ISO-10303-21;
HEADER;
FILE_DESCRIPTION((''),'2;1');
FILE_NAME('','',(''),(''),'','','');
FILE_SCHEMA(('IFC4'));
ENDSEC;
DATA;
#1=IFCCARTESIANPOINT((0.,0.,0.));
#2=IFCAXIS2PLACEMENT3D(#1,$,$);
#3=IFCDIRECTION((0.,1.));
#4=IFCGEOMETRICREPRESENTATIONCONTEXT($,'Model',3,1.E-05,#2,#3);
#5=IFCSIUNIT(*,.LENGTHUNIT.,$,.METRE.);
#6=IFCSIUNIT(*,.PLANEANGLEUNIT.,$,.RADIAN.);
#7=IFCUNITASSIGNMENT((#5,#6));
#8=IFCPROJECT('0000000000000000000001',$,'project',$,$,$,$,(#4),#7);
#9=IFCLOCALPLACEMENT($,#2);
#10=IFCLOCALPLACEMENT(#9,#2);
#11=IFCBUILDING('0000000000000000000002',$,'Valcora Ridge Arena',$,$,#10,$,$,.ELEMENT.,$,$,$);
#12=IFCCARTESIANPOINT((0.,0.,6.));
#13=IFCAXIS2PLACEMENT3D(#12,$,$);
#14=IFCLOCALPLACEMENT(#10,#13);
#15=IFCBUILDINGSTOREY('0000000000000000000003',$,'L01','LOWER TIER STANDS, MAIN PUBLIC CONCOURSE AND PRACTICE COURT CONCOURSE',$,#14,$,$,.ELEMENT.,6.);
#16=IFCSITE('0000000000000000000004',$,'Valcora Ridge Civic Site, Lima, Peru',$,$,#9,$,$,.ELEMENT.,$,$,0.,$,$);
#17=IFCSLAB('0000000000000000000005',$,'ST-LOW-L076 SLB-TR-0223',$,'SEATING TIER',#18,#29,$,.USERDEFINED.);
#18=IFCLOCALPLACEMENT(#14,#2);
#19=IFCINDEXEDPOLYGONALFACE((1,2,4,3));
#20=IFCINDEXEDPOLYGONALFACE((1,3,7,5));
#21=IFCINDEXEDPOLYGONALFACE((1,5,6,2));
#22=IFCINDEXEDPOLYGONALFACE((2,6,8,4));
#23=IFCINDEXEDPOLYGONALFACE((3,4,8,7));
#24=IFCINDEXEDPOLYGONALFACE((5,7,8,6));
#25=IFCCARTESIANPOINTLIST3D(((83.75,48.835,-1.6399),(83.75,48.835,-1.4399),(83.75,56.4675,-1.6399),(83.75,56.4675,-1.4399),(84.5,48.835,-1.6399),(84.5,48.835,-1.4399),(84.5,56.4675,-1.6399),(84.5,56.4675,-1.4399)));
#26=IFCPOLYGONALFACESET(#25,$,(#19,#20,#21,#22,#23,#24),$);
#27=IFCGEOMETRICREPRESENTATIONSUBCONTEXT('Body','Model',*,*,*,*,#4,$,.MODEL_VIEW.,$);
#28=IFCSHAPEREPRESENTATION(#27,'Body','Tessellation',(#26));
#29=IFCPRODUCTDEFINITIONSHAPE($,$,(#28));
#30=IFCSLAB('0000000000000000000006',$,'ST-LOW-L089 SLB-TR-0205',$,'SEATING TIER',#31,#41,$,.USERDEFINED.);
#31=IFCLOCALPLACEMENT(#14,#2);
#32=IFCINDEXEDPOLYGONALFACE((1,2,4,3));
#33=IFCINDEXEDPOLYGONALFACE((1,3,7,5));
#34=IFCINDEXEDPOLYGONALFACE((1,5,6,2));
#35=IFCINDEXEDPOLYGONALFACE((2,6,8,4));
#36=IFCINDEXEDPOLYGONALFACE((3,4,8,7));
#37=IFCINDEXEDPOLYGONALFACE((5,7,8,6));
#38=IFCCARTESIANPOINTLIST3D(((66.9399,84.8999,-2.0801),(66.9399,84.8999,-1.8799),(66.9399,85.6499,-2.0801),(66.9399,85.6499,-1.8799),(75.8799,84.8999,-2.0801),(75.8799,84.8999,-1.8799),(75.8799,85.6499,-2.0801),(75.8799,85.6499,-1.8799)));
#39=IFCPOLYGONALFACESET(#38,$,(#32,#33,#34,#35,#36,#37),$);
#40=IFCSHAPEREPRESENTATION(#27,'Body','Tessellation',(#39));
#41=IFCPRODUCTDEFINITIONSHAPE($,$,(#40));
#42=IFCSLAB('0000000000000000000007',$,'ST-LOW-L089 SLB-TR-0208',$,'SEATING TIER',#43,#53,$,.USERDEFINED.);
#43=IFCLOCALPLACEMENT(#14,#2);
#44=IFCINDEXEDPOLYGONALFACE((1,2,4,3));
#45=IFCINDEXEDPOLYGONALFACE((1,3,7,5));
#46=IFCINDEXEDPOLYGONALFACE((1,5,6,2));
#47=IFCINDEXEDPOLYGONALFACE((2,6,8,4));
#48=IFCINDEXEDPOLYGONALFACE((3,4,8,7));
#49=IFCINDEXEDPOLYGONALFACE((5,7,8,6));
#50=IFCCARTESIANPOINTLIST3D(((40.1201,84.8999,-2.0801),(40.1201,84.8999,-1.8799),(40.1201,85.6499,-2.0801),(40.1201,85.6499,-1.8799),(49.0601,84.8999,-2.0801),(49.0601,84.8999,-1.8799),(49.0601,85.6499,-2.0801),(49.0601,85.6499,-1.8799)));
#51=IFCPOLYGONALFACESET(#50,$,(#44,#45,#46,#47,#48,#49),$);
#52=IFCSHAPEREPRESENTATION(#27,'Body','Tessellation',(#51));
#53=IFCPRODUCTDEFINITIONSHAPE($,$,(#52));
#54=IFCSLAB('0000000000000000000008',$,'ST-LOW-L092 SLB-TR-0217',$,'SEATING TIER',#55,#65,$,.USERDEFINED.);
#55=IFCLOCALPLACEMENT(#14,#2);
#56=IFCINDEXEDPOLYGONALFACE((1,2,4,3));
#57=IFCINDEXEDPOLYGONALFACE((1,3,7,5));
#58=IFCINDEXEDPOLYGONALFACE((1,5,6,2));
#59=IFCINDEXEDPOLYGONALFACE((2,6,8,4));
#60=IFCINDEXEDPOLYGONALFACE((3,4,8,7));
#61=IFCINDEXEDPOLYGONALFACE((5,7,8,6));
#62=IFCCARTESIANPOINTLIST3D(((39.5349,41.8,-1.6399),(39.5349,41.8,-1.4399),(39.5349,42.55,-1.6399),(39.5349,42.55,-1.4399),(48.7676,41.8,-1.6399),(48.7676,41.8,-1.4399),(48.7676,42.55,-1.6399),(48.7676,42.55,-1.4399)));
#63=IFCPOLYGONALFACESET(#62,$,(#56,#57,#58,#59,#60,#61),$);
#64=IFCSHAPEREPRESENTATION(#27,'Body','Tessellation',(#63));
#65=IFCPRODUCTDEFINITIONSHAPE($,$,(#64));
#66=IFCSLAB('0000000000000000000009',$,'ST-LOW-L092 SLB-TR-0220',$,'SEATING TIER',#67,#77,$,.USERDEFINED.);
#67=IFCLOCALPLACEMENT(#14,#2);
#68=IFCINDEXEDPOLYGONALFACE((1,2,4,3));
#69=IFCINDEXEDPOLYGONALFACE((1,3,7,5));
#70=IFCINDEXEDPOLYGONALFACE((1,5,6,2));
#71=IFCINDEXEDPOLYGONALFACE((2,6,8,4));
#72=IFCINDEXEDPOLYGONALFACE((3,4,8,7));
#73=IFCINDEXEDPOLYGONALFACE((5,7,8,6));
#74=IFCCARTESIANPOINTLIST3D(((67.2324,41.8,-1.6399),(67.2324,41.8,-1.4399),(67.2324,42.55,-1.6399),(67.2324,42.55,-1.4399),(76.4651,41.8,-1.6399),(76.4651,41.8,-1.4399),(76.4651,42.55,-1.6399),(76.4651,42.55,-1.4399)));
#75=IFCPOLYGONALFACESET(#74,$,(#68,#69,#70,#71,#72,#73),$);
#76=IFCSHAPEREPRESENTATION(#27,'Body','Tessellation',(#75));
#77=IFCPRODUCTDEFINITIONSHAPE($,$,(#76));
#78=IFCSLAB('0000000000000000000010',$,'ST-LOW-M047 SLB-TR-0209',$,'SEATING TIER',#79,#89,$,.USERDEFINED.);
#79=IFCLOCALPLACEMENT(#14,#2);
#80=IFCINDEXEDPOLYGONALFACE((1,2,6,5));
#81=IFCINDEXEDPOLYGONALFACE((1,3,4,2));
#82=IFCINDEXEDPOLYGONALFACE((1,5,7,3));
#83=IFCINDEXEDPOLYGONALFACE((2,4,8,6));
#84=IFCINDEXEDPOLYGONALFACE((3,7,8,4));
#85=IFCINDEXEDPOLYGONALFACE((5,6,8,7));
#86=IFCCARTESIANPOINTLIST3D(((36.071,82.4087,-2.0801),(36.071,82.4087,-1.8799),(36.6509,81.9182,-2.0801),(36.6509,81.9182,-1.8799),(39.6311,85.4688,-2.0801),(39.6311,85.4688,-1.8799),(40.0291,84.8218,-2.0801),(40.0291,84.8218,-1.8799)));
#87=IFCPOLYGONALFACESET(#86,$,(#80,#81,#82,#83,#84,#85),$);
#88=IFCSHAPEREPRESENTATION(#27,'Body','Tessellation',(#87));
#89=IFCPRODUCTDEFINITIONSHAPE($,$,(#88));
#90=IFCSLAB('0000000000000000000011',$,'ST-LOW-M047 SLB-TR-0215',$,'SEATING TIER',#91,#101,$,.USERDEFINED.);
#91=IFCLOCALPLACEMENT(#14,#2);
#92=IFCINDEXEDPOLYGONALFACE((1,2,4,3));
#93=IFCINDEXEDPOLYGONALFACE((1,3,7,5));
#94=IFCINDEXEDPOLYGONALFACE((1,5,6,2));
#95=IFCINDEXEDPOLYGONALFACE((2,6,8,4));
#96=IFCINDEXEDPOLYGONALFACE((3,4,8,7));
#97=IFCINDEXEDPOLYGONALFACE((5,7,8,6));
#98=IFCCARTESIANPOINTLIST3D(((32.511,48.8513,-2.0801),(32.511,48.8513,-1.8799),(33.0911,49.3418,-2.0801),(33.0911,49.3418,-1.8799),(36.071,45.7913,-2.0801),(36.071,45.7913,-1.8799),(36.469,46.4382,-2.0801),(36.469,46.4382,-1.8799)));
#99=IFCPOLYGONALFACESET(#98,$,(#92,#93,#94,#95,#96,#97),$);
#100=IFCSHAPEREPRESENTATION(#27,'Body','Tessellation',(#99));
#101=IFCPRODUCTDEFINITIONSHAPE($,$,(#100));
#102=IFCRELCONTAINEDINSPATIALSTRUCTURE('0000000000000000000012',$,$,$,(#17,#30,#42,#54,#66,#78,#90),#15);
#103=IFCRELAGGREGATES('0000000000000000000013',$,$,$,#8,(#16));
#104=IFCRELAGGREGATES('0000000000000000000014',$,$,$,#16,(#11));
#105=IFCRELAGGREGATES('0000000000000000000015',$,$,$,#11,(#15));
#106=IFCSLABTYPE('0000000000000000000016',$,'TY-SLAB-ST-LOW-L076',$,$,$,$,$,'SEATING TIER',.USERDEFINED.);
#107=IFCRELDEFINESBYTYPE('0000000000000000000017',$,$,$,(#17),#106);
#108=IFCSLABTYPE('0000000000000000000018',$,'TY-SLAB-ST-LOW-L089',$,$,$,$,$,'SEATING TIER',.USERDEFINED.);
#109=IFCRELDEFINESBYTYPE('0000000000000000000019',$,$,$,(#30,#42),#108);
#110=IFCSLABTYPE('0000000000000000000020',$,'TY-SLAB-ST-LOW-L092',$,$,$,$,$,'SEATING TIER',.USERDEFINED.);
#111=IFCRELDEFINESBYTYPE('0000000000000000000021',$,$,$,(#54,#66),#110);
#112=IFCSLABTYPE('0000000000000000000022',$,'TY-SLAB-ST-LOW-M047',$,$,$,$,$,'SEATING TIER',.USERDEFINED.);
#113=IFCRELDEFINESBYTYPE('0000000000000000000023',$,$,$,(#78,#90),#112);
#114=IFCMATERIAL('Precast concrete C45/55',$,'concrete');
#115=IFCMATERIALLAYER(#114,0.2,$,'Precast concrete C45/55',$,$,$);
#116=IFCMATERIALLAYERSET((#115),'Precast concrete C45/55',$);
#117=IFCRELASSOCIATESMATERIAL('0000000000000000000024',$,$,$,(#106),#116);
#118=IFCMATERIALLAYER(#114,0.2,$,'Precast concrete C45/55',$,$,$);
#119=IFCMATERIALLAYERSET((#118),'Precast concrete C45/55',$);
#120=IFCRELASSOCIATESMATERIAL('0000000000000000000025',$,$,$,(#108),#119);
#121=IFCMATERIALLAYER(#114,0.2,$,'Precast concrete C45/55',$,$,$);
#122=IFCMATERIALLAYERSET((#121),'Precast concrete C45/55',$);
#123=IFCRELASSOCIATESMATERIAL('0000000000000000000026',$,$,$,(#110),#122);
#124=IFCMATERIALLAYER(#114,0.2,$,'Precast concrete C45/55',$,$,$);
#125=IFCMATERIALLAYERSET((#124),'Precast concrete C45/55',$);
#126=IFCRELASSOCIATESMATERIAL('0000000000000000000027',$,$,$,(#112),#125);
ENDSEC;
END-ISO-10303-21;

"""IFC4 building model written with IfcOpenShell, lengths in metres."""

from ifc_helpers import new_model, si_unit, direction, frame, origin, place, context, subcontext, project, spatial, polyline, outline, extrude, material, layer, layer_set, type_object, element, save


model = new_model("IFC4")

# Units and contexts
model_context = context("Model", 3, precision=1e-05, world=origin(), true_north=direction((0.0, 1.0)))
body_context = subcontext(model_context, "Body", "Model", "MODEL_VIEW")
ifc_project = project(units=[si_unit("LENGTHUNIT", "METRE"), si_unit("PLANEANGLEUNIT", "RADIAN")], contexts=[model_context])

# Site, building, storey
site_placement = place(None, origin())
site = spatial("IfcSite", under=ifc_project, at=site_placement, Name="Valcora Ridge Civic Site, Lima, Peru", CompositionType="ELEMENT", RefElevation=0.0)
building_placement = place(site_placement, origin())
building = spatial("IfcBuilding", under=site, at=building_placement, Name="Valcora Ridge Arena", CompositionType="ELEMENT")
storey_placement = place(building_placement, frame((0.0, 0.0, 6.0)))
storey = spatial("IfcBuildingStorey", under=building, at=storey_placement, Name="L01", Description="LOWER TIER STANDS, MAIN PUBLIC CONCOURSE AND PRACTICE COURT CONCOURSE", CompositionType="ELEMENT", Elevation=6.0)

# Slabs
ifc_material = material(Name="Precast concrete C45/55", Category="concrete")
ifc_layer_1 = layer(ifc_material, 0.2, Name="Precast concrete C45/55")
ifc_layer_set_1 = layer_set([ifc_layer_1], Name="Precast concrete C45/55")
slab_type_1 = type_object("IfcSlabType", Name="TY-SLAB-ST-LOW-L076", ElementType="SEATING TIER", PredefinedType="USERDEFINED", material=ifc_layer_set_1)
slab_1_placement = place(storey_placement, frame((0.0, 0.0, -1.6399)))
element("IfcSlab", 1, at=slab_1_placement, inside=storey, type_object=slab_type_1, Name="ST-LOW-L076 SLB-TR-0223", ObjectType="SEATING TIER", PredefinedType="USERDEFINED", context=body_context, shape_type="SweptSolid", body=[
    extrude(outline(polyline([(83.75, 48.835), (83.75, 56.4675), (84.5, 56.4675), (84.5, 48.835), (83.75, 48.835)])), origin(), (0.0, 0.0, 1.0), 0.2),
])
ifc_layer_2 = layer(ifc_material, 0.2, Name="Precast concrete C45/55")
ifc_layer_set_2 = layer_set([ifc_layer_2], Name="Precast concrete C45/55")
slab_type_2 = type_object("IfcSlabType", Name="TY-SLAB-ST-LOW-L089", ElementType="SEATING TIER", PredefinedType="USERDEFINED", material=ifc_layer_set_2)
slab_2_placement = place(storey_placement, frame((0.0, 0.0, -2.0801)))
element("IfcSlab", 2, at=slab_2_placement, inside=storey, type_object=slab_type_2, Name="ST-LOW-L089 SLB-TR-0205", ObjectType="SEATING TIER", PredefinedType="USERDEFINED", context=body_context, shape_type="SweptSolid", body=[
    extrude(outline(polyline([(75.8799, 84.8999), (66.9399, 84.8999), (66.9399, 85.6499), (75.8799, 85.6499), (75.8799, 84.8999)])), origin(), (0.0, 0.0, 1.0), 0.2002),
])
slab_3_placement = place(storey_placement, frame((0.0, 0.0, -2.0801)))
element("IfcSlab", 3, at=slab_3_placement, inside=storey, type_object=slab_type_2, Name="ST-LOW-L089 SLB-TR-0208", ObjectType="SEATING TIER", PredefinedType="USERDEFINED", context=body_context, shape_type="SweptSolid", body=[
    extrude(outline(polyline([(49.0601, 84.8999), (40.1201, 84.8999), (40.1201, 85.6499), (49.0601, 85.6499), (49.0601, 84.8999)])), origin(), (0.0, 0.0, 1.0), 0.2002),
])
ifc_layer_3 = layer(ifc_material, 0.2, Name="Precast concrete C45/55")
ifc_layer_set_3 = layer_set([ifc_layer_3], Name="Precast concrete C45/55")
slab_type_3 = type_object("IfcSlabType", Name="TY-SLAB-ST-LOW-L092", ElementType="SEATING TIER", PredefinedType="USERDEFINED", material=ifc_layer_set_3)
slab_4_placement = place(storey_placement, frame((0.0, 0.0, -1.6399)))
element("IfcSlab", 4, at=slab_4_placement, inside=storey, type_object=slab_type_3, Name="ST-LOW-L092 SLB-TR-0217", ObjectType="SEATING TIER", PredefinedType="USERDEFINED", context=body_context, shape_type="SweptSolid", body=[
    extrude(outline(polyline([(39.5349, 42.55), (48.7676, 42.55), (48.7676, 41.8), (39.5349, 41.8), (39.5349, 42.55)])), origin(), (0.0, 0.0, 1.0), 0.2),
])
slab_5_placement = place(storey_placement, frame((0.0, 0.0, -1.6399)))
element("IfcSlab", 5, at=slab_5_placement, inside=storey, type_object=slab_type_3, Name="ST-LOW-L092 SLB-TR-0220", ObjectType="SEATING TIER", PredefinedType="USERDEFINED", context=body_context, shape_type="SweptSolid", body=[
    extrude(outline(polyline([(67.2324, 42.55), (76.4651, 42.55), (76.4651, 41.8), (67.2324, 41.8), (67.2324, 42.55)])), origin(), (0.0, 0.0, 1.0), 0.2),
])
ifc_layer_4 = layer(ifc_material, 0.2, Name="Precast concrete C45/55")
ifc_layer_set_4 = layer_set([ifc_layer_4], Name="Precast concrete C45/55")
slab_type_4 = type_object("IfcSlabType", Name="TY-SLAB-ST-LOW-M047", ElementType="SEATING TIER", PredefinedType="USERDEFINED", material=ifc_layer_set_4)
slab_6_placement = place(storey_placement, frame((0.0, 0.0, -2.0801)))
element("IfcSlab", 6, at=slab_6_placement, inside=storey, type_object=slab_type_4, Name="ST-LOW-M047 SLB-TR-0209", ObjectType="SEATING TIER", PredefinedType="USERDEFINED", context=body_context, shape_type="SweptSolid", body=[
    extrude(outline(polyline([(40.0291, 84.8218), (36.6509, 81.9182), (36.071, 82.4087), (39.6311, 85.4688), (40.0291, 84.8218)])), origin(), (0.0, 0.0, 1.0), 0.2002),
])
slab_7_placement = place(storey_placement, frame((0.0, 0.0, -2.0801)))
element("IfcSlab", 7, at=slab_7_placement, inside=storey, type_object=slab_type_4, Name="ST-LOW-M047 SLB-TR-0215", ObjectType="SEATING TIER", PredefinedType="USERDEFINED", context=body_context, shape_type="SweptSolid", body=[
    extrude(outline(polyline([(33.0911, 49.3418), (36.469, 46.4382), (36.071, 45.7913), (32.511, 48.8513), (33.0911, 49.3418)])), origin(), (0.0, 0.0, 1.0), 0.2002),
])

save(model, "model.ifc")
